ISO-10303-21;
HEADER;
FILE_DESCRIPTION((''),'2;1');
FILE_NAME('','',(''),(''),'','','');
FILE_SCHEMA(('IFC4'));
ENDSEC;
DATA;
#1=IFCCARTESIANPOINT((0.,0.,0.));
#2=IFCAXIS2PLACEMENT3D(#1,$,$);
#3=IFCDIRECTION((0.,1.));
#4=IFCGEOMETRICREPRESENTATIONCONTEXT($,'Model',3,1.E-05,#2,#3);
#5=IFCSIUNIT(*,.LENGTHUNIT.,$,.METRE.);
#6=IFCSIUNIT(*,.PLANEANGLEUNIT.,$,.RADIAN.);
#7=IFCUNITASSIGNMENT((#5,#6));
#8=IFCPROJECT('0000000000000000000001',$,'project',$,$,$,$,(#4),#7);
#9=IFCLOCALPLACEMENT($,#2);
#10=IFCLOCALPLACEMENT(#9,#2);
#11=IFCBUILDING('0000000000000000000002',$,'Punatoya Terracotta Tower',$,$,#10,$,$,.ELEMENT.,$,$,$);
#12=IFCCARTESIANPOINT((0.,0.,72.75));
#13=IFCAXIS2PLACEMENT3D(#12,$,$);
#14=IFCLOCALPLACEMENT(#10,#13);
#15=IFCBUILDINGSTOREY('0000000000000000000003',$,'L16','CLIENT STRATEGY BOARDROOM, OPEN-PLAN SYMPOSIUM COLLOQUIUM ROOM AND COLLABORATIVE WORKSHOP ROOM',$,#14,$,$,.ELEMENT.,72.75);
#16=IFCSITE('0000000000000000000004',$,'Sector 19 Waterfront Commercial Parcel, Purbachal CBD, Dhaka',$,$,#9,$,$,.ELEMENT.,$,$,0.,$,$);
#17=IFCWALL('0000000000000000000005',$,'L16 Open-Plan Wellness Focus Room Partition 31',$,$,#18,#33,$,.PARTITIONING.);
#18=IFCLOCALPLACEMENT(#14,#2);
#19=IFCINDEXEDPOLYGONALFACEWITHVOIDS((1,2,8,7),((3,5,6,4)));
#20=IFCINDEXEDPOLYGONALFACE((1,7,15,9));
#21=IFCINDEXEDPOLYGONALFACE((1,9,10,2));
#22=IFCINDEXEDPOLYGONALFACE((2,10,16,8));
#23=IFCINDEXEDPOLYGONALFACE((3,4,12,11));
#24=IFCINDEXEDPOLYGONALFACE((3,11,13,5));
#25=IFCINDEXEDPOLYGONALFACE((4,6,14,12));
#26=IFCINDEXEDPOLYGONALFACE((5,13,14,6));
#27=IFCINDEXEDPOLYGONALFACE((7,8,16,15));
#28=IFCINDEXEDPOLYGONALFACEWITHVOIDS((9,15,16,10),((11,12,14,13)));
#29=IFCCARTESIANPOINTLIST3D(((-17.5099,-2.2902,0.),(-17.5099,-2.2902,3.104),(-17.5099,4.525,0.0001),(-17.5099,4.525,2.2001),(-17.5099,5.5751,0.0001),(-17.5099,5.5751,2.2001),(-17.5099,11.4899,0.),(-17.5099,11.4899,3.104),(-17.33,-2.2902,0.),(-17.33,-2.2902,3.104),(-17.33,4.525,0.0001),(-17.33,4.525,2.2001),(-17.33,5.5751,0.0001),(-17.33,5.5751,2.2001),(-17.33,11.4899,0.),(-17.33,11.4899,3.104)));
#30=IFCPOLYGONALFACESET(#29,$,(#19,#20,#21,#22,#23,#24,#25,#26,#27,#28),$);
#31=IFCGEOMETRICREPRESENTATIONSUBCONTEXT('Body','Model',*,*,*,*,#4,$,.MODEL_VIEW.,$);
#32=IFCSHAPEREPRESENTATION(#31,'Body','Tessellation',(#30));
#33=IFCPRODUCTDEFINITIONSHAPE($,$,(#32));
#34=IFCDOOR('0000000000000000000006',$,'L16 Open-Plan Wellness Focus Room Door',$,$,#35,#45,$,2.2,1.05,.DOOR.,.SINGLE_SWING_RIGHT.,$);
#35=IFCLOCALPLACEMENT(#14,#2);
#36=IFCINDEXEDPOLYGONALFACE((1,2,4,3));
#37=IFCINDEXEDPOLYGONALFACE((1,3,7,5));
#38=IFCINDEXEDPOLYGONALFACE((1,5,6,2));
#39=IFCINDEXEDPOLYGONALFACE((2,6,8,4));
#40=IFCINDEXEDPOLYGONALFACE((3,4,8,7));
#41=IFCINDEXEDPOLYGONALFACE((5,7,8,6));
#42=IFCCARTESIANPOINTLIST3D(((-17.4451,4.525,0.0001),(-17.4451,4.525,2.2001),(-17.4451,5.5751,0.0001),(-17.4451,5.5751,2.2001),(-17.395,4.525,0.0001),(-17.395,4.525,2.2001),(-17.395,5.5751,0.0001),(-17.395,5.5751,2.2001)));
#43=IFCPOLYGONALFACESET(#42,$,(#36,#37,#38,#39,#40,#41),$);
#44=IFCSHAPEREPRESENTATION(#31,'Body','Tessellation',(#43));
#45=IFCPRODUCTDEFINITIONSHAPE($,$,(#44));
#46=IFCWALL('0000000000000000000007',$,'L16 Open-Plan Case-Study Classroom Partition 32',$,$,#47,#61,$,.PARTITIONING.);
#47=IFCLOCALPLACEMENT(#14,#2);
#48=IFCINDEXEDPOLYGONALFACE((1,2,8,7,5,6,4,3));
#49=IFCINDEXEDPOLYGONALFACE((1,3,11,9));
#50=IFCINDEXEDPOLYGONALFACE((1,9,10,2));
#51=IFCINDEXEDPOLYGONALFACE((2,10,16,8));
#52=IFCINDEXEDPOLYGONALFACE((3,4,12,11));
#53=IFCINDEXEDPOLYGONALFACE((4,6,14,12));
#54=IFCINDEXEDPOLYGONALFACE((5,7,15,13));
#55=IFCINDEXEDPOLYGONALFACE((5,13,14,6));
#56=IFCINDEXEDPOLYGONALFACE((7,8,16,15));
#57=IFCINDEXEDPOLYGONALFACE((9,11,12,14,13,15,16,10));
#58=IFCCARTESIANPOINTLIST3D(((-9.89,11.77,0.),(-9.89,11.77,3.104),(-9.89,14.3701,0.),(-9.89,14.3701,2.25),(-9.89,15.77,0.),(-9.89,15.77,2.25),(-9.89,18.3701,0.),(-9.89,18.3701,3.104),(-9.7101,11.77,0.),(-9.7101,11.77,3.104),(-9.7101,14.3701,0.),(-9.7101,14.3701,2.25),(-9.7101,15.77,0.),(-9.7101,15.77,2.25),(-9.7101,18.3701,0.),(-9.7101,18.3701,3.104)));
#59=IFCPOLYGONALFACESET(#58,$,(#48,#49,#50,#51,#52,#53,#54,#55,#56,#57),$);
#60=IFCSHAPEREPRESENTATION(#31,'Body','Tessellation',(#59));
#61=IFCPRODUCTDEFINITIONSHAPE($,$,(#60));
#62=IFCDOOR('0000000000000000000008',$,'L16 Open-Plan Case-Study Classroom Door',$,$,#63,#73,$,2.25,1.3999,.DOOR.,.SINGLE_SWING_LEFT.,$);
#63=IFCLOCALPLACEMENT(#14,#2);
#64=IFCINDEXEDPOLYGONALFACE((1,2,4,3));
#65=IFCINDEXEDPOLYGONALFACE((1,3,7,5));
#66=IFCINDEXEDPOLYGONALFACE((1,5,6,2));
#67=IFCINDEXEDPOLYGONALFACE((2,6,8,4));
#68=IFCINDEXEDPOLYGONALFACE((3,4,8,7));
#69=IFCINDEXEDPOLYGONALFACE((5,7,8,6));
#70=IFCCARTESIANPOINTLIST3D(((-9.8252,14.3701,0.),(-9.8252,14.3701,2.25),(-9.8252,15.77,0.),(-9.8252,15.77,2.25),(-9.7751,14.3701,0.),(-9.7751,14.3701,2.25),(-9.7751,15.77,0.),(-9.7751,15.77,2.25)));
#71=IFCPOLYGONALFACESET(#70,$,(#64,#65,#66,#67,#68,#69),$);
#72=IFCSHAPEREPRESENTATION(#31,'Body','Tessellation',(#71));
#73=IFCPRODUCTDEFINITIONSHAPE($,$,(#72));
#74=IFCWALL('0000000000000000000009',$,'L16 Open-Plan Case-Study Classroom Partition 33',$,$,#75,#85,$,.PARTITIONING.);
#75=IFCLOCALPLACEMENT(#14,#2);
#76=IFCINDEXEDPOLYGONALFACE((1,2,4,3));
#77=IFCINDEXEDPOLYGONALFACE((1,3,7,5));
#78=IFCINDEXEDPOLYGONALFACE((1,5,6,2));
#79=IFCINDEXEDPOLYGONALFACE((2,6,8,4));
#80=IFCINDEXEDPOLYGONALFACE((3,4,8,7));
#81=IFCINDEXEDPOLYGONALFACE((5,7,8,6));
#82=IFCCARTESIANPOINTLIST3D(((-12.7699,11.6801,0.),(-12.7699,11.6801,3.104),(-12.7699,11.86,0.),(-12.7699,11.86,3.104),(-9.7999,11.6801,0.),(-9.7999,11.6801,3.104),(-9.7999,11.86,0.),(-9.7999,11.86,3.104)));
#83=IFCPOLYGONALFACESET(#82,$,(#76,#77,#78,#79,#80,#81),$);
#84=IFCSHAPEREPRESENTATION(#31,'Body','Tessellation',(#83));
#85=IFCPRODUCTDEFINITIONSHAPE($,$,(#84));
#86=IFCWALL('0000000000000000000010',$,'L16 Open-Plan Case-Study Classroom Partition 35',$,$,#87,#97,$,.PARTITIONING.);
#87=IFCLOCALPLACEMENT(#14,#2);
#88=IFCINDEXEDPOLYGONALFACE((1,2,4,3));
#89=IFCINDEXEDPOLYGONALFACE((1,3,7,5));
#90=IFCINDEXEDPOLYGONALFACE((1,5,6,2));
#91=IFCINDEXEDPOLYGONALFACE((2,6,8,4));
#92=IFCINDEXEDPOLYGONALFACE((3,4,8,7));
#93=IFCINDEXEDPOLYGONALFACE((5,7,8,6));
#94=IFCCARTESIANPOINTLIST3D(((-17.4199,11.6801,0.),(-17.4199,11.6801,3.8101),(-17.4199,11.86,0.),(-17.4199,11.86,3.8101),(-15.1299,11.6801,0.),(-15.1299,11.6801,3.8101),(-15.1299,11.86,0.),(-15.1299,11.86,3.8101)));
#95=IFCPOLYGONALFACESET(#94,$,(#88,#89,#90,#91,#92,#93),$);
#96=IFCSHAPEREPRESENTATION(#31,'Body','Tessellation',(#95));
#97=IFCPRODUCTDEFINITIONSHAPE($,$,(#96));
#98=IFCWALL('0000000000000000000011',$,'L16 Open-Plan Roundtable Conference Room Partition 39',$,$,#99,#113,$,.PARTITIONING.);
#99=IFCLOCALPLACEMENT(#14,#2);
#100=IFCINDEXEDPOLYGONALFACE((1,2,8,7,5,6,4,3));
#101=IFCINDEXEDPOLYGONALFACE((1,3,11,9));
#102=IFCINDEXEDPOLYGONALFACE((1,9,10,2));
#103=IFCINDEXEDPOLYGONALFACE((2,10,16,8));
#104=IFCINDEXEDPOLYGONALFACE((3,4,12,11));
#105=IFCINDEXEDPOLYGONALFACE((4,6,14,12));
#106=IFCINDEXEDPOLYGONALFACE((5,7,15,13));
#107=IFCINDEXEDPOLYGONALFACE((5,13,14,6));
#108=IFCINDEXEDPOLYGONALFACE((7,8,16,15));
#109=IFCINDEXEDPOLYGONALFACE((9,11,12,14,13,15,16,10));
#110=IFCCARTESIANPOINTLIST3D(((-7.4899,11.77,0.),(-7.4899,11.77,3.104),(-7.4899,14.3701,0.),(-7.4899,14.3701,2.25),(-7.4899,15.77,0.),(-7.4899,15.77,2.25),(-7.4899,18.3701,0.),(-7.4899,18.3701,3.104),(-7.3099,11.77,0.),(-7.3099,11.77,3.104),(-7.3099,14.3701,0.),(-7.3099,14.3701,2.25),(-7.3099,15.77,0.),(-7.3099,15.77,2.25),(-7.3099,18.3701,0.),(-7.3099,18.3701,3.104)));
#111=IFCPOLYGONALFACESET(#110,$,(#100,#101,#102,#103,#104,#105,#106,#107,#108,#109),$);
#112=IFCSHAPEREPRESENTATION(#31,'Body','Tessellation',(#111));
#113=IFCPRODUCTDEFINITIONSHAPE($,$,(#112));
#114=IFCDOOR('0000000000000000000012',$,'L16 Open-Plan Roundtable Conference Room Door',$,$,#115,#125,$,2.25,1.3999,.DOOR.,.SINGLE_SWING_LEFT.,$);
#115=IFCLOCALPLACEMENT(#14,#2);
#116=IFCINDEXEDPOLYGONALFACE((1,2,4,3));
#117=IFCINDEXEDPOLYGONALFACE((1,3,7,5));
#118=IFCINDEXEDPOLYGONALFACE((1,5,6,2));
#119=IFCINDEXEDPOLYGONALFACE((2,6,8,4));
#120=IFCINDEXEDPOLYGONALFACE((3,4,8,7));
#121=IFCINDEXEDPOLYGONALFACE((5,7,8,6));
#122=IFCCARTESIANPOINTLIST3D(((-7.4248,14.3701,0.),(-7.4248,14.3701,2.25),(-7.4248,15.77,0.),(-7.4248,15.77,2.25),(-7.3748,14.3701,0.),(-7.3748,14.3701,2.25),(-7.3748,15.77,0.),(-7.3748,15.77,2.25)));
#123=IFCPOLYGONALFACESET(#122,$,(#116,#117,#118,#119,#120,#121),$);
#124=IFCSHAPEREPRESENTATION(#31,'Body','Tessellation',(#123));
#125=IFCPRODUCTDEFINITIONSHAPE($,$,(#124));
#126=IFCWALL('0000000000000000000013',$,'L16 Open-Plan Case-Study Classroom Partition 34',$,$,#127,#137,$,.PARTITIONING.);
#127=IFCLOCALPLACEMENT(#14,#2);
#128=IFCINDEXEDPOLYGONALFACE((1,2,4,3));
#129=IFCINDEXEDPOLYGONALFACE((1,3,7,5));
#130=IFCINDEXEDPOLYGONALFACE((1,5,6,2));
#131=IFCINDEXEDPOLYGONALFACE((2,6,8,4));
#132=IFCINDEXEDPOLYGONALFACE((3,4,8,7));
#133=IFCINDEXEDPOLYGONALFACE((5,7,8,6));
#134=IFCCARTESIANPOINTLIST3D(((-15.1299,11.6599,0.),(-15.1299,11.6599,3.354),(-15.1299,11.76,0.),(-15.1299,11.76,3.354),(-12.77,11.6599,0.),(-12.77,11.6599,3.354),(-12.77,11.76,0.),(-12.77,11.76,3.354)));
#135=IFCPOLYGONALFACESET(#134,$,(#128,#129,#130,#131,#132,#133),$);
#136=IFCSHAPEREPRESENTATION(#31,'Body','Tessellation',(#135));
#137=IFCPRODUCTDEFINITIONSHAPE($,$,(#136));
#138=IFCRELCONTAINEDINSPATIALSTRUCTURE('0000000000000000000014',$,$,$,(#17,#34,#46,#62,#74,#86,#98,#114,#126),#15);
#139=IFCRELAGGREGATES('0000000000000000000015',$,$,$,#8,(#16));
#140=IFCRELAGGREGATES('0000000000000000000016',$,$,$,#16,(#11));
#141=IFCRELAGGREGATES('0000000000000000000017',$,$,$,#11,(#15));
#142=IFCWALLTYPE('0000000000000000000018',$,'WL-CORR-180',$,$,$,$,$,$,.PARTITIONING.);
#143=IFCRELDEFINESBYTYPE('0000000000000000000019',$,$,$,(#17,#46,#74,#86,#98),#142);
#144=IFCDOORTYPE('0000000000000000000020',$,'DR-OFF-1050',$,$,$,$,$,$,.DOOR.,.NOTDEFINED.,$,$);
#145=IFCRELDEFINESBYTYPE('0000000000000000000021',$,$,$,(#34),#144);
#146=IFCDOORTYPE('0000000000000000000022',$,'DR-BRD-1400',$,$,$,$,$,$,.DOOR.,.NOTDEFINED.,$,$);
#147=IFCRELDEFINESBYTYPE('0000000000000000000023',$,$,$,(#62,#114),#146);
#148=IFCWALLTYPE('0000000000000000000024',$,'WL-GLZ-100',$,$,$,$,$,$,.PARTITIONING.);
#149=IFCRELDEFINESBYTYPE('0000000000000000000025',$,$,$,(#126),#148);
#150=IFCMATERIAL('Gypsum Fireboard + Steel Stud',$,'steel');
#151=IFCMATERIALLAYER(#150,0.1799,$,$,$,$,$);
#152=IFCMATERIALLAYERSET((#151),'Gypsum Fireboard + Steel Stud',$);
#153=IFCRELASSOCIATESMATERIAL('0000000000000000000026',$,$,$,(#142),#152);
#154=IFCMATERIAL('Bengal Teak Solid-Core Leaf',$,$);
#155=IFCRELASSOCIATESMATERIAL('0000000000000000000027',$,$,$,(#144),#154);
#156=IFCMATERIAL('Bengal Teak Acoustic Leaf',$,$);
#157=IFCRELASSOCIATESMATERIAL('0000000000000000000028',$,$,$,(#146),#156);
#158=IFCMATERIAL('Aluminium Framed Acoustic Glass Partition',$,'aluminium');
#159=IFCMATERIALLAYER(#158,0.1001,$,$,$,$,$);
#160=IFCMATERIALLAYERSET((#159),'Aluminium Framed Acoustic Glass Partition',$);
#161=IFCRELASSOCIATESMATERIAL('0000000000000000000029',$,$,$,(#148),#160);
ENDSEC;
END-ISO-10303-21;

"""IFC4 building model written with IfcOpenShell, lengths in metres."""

from ifc_helpers import new_model, si_unit, direction, frame, frame_2d, origin, place, context, subcontext, project, spatial, rectangle, extrude, material, layer, layer_set, type_object, element, fill, save


model = new_model("IFC4")

# Units and contexts
model_context = context("Model", 3, precision=1e-05, world=origin(), true_north=direction((0.0, 1.0)))
body_context = subcontext(model_context, "Body", "Model", "MODEL_VIEW")
ifc_project = project(units=[si_unit("LENGTHUNIT", "METRE"), si_unit("PLANEANGLEUNIT", "RADIAN")], contexts=[model_context])

# Site, building, storey
site_placement = place(None, origin())
site = spatial("IfcSite", under=ifc_project, at=site_placement, Name="Sector 19 Waterfront Commercial Parcel, Purbachal CBD, Dhaka", CompositionType="ELEMENT", RefElevation=0.0)
building_placement = place(site_placement, origin())
building = spatial("IfcBuilding", under=site, at=building_placement, Name="Punatoya Terracotta Tower", CompositionType="ELEMENT")
storey_placement = place(building_placement, frame((0.0, 0.0, 72.75)))
storey = spatial("IfcBuildingStorey", under=building, at=storey_placement, Name="L16", Description="CLIENT STRATEGY BOARDROOM, OPEN-PLAN SYMPOSIUM COLLOQUIUM ROOM AND COLLABORATIVE WORKSHOP ROOM", CompositionType="ELEMENT", Elevation=72.75)

# Walls, openings, doors
ifc_material_1 = material(Name="Gypsum Fireboard + Steel Stud", Category="steel")
ifc_layer_1 = layer(ifc_material_1, 0.1799)
ifc_layer_set_1 = layer_set([ifc_layer_1], Name="Gypsum Fireboard + Steel Stud")
wall_type_1 = type_object("IfcWallType", Name="WL-CORR-180", PredefinedType="PARTITIONING", material=ifc_layer_set_1)
wall_1_placement = place(storey_placement, frame((-17.4199, 11.49, 0.0), z_axis=(0.0, 0.0, 1.0), x_axis=(0.0, -1.0, 0.0)))
wall_1 = element("IfcWall", 1, at=wall_1_placement, inside=storey, type_object=wall_type_1, Name="L16 Open-Plan Wellness Focus Room Partition 31", PredefinedType="PARTITIONING", context=body_context, shape_type="SweptSolid", body=[
    extrude(rectangle(XDim=13.78, YDim=0.1799, at=frame_2d((6.8901, 0.0))), origin(), (0.0, 0.0, 1.0), 3.104),
])
opening_1_placement = place(wall_1_placement, frame((5.915, 0.0, 0.0)))
opening_1 = element("IfcOpeningElement", 2, at=opening_1_placement, cuts=wall_1, PredefinedType="OPENING", context=body_context, shape_type="SweptSolid", body=[
    extrude(rectangle(XDim=1.05, YDim=2.2, at=frame_2d((0.5249, 1.1001))), frame((0.0, 0.0999, 0.0), z_axis=(0.0, -1.0, 0.0), x_axis=(1.0, 0.0, 0.0)), (0.0, 0.0, 1.0), 0.2),
])
ifc_material_2 = material(Name="Bengal Teak Solid-Core Leaf")
door_type_1 = type_object("IfcDoorType", Name="DR-OFF-1050", OperationType="NOTDEFINED", PredefinedType="DOOR", material=ifc_material_2)
door_1_placement = place(opening_1_placement, origin())
door_1 = element("IfcDoor", 3, at=door_1_placement, inside=storey, type_object=door_type_1, Name="L16 Open-Plan Wellness Focus Room Door", OperationType="SINGLE_SWING_RIGHT", OverallHeight=2.2, OverallWidth=1.05, PredefinedType="DOOR", context=body_context, shape_type="SweptSolid", body=[
    extrude(rectangle(XDim=1.05, YDim=2.2, at=frame_2d((0.5249, 1.1001))), frame((0.0, 0.0249, 0.0), z_axis=(0.0, -1.0, 0.0), x_axis=(1.0, 0.0, 0.0)), (0.0, 0.0, 1.0), 0.05),
])
fill(opening_1, door_1)
wall_2_placement = place(storey_placement, frame((-9.8, 18.3701, 0.0), z_axis=(0.0, 0.0, 1.0), x_axis=(0.0, -1.0, 0.0)))
wall_2 = element("IfcWall", 4, at=wall_2_placement, inside=storey, type_object=wall_type_1, Name="L16 Open-Plan Case-Study Classroom Partition 32", PredefinedType="PARTITIONING", context=body_context, shape_type="SweptSolid", body=[
    extrude(rectangle(XDim=6.6001, YDim=0.1799, at=frame_2d((3.3, 0.0))), origin(), (0.0, 0.0, 1.0), 3.104),
])
opening_2_placement = place(wall_2_placement, frame((2.6001, 0.0, 0.0)))
opening_2 = element("IfcOpeningElement", 5, at=opening_2_placement, cuts=wall_2, PredefinedType="OPENING", context=body_context, shape_type="SweptSolid", body=[
    extrude(rectangle(XDim=1.3999, YDim=2.25, at=frame_2d((0.7, 1.125))), frame((0.0, 0.0999, 0.0), z_axis=(0.0, -1.0, 0.0), x_axis=(1.0, 0.0, 0.0)), (0.0, 0.0, 1.0), 0.2),
])
ifc_material_3 = material(Name="Bengal Teak Acoustic Leaf")
door_type_2 = type_object("IfcDoorType", Name="DR-BRD-1400", OperationType="NOTDEFINED", PredefinedType="DOOR", material=ifc_material_3)
door_2_placement = place(opening_2_placement, origin())
door_2 = element("IfcDoor", 6, at=door_2_placement, inside=storey, type_object=door_type_2, Name="L16 Open-Plan Case-Study Classroom Door", OperationType="SINGLE_SWING_LEFT", OverallHeight=2.25, OverallWidth=1.3999, PredefinedType="DOOR", context=body_context, shape_type="SweptSolid", body=[
    extrude(rectangle(XDim=1.3999, YDim=2.25, at=frame_2d((0.7, 1.125))), frame((0.0, 0.0249, 0.0), z_axis=(0.0, -1.0, 0.0), x_axis=(1.0, 0.0, 0.0)), (0.0, 0.0, 1.0), 0.05),
])
fill(opening_2, door_2)

# Walls
wall_3_placement = place(storey_placement, frame((-9.8, 11.77, 0.0), z_axis=(0.0, 0.0, 1.0), x_axis=(-1.0, 0.0, 0.0)))
element("IfcWall", 7, at=wall_3_placement, inside=storey, type_object=wall_type_1, Name="L16 Open-Plan Case-Study Classroom Partition 33", PredefinedType="PARTITIONING", context=body_context, shape_type="SweptSolid", body=[
    extrude(rectangle(XDim=2.97, YDim=0.1799, at=frame_2d((1.4849, 0.0))), origin(), (0.0, 0.0, 1.0), 3.104),
])
wall_4_placement = place(storey_placement, frame((-15.1299, 11.77, 0.0), z_axis=(0.0, 0.0, 1.0), x_axis=(-1.0, 0.0, 0.0)))
element("IfcWall", 8, at=wall_4_placement, inside=storey, type_object=wall_type_1, Name="L16 Open-Plan Case-Study Classroom Partition 35", PredefinedType="PARTITIONING", context=body_context, shape_type="SweptSolid", body=[
    extrude(rectangle(XDim=2.29, YDim=0.1799, at=frame_2d((1.145, 0.0))), origin(), (0.0, 0.0, 1.0), 3.8101),
])

# Wall, opening, door
wall_5_placement = place(storey_placement, frame((-7.3999, 11.77, 0.0), z_axis=(0.0, 0.0, 1.0), x_axis=(0.0, 1.0, 0.0)))
wall_5 = element("IfcWall", 9, at=wall_5_placement, inside=storey, type_object=wall_type_1, Name="L16 Open-Plan Roundtable Conference Room Partition 39", PredefinedType="PARTITIONING", context=body_context, shape_type="SweptSolid", body=[
    extrude(rectangle(XDim=6.6001, YDim=0.1799, at=frame_2d((3.3, 0.0))), origin(), (0.0, 0.0, 1.0), 3.104),
])
opening_3_placement = place(wall_5_placement, frame((2.6001, 0.0, 0.0)))
opening_3 = element("IfcOpeningElement", 10, at=opening_3_placement, cuts=wall_5, PredefinedType="OPENING", context=body_context, shape_type="SweptSolid", body=[
    extrude(rectangle(XDim=1.3999, YDim=2.25, at=frame_2d((0.7, 1.125))), frame((0.0, 0.0999, 0.0), z_axis=(0.0, -1.0, 0.0), x_axis=(1.0, 0.0, 0.0)), (0.0, 0.0, 1.0), 0.2),
])
door_3_placement = place(opening_3_placement, origin())
door_3 = element("IfcDoor", 11, at=door_3_placement, inside=storey, type_object=door_type_2, Name="L16 Open-Plan Roundtable Conference Room Door", OperationType="SINGLE_SWING_LEFT", OverallHeight=2.25, OverallWidth=1.3999, PredefinedType="DOOR", context=body_context, shape_type="SweptSolid", body=[
    extrude(rectangle(XDim=1.3999, YDim=2.25, at=frame_2d((0.7, 1.125))), frame((0.0, 0.0249, 0.0), z_axis=(0.0, -1.0, 0.0), x_axis=(1.0, 0.0, 0.0)), (0.0, 0.0, 1.0), 0.05),
])
fill(opening_3, door_3)

# Wall
ifc_material_4 = material(Name="Aluminium Framed Acoustic Glass Partition", Category="aluminium")
ifc_layer_2 = layer(ifc_material_4, 0.1001)
ifc_layer_set_2 = layer_set([ifc_layer_2], Name="Aluminium Framed Acoustic Glass Partition")
wall_type_2 = type_object("IfcWallType", Name="WL-GLZ-100", PredefinedType="PARTITIONING", material=ifc_layer_set_2)
wall_6_placement = place(storey_placement, frame((-12.77, 11.71, 0.0), z_axis=(0.0, 0.0, 1.0), x_axis=(-1.0, 0.0, 0.0)))
element("IfcWall", 12, at=wall_6_placement, inside=storey, type_object=wall_type_2, Name="L16 Open-Plan Case-Study Classroom Partition 34", PredefinedType="PARTITIONING", context=body_context, shape_type="SweptSolid", body=[
    extrude(rectangle(XDim=2.3599, YDim=0.1001, at=frame_2d((1.1799, 0.0))), origin(), (0.0, 0.0, 1.0), 3.354),
])

save(model, "model.ifc")
